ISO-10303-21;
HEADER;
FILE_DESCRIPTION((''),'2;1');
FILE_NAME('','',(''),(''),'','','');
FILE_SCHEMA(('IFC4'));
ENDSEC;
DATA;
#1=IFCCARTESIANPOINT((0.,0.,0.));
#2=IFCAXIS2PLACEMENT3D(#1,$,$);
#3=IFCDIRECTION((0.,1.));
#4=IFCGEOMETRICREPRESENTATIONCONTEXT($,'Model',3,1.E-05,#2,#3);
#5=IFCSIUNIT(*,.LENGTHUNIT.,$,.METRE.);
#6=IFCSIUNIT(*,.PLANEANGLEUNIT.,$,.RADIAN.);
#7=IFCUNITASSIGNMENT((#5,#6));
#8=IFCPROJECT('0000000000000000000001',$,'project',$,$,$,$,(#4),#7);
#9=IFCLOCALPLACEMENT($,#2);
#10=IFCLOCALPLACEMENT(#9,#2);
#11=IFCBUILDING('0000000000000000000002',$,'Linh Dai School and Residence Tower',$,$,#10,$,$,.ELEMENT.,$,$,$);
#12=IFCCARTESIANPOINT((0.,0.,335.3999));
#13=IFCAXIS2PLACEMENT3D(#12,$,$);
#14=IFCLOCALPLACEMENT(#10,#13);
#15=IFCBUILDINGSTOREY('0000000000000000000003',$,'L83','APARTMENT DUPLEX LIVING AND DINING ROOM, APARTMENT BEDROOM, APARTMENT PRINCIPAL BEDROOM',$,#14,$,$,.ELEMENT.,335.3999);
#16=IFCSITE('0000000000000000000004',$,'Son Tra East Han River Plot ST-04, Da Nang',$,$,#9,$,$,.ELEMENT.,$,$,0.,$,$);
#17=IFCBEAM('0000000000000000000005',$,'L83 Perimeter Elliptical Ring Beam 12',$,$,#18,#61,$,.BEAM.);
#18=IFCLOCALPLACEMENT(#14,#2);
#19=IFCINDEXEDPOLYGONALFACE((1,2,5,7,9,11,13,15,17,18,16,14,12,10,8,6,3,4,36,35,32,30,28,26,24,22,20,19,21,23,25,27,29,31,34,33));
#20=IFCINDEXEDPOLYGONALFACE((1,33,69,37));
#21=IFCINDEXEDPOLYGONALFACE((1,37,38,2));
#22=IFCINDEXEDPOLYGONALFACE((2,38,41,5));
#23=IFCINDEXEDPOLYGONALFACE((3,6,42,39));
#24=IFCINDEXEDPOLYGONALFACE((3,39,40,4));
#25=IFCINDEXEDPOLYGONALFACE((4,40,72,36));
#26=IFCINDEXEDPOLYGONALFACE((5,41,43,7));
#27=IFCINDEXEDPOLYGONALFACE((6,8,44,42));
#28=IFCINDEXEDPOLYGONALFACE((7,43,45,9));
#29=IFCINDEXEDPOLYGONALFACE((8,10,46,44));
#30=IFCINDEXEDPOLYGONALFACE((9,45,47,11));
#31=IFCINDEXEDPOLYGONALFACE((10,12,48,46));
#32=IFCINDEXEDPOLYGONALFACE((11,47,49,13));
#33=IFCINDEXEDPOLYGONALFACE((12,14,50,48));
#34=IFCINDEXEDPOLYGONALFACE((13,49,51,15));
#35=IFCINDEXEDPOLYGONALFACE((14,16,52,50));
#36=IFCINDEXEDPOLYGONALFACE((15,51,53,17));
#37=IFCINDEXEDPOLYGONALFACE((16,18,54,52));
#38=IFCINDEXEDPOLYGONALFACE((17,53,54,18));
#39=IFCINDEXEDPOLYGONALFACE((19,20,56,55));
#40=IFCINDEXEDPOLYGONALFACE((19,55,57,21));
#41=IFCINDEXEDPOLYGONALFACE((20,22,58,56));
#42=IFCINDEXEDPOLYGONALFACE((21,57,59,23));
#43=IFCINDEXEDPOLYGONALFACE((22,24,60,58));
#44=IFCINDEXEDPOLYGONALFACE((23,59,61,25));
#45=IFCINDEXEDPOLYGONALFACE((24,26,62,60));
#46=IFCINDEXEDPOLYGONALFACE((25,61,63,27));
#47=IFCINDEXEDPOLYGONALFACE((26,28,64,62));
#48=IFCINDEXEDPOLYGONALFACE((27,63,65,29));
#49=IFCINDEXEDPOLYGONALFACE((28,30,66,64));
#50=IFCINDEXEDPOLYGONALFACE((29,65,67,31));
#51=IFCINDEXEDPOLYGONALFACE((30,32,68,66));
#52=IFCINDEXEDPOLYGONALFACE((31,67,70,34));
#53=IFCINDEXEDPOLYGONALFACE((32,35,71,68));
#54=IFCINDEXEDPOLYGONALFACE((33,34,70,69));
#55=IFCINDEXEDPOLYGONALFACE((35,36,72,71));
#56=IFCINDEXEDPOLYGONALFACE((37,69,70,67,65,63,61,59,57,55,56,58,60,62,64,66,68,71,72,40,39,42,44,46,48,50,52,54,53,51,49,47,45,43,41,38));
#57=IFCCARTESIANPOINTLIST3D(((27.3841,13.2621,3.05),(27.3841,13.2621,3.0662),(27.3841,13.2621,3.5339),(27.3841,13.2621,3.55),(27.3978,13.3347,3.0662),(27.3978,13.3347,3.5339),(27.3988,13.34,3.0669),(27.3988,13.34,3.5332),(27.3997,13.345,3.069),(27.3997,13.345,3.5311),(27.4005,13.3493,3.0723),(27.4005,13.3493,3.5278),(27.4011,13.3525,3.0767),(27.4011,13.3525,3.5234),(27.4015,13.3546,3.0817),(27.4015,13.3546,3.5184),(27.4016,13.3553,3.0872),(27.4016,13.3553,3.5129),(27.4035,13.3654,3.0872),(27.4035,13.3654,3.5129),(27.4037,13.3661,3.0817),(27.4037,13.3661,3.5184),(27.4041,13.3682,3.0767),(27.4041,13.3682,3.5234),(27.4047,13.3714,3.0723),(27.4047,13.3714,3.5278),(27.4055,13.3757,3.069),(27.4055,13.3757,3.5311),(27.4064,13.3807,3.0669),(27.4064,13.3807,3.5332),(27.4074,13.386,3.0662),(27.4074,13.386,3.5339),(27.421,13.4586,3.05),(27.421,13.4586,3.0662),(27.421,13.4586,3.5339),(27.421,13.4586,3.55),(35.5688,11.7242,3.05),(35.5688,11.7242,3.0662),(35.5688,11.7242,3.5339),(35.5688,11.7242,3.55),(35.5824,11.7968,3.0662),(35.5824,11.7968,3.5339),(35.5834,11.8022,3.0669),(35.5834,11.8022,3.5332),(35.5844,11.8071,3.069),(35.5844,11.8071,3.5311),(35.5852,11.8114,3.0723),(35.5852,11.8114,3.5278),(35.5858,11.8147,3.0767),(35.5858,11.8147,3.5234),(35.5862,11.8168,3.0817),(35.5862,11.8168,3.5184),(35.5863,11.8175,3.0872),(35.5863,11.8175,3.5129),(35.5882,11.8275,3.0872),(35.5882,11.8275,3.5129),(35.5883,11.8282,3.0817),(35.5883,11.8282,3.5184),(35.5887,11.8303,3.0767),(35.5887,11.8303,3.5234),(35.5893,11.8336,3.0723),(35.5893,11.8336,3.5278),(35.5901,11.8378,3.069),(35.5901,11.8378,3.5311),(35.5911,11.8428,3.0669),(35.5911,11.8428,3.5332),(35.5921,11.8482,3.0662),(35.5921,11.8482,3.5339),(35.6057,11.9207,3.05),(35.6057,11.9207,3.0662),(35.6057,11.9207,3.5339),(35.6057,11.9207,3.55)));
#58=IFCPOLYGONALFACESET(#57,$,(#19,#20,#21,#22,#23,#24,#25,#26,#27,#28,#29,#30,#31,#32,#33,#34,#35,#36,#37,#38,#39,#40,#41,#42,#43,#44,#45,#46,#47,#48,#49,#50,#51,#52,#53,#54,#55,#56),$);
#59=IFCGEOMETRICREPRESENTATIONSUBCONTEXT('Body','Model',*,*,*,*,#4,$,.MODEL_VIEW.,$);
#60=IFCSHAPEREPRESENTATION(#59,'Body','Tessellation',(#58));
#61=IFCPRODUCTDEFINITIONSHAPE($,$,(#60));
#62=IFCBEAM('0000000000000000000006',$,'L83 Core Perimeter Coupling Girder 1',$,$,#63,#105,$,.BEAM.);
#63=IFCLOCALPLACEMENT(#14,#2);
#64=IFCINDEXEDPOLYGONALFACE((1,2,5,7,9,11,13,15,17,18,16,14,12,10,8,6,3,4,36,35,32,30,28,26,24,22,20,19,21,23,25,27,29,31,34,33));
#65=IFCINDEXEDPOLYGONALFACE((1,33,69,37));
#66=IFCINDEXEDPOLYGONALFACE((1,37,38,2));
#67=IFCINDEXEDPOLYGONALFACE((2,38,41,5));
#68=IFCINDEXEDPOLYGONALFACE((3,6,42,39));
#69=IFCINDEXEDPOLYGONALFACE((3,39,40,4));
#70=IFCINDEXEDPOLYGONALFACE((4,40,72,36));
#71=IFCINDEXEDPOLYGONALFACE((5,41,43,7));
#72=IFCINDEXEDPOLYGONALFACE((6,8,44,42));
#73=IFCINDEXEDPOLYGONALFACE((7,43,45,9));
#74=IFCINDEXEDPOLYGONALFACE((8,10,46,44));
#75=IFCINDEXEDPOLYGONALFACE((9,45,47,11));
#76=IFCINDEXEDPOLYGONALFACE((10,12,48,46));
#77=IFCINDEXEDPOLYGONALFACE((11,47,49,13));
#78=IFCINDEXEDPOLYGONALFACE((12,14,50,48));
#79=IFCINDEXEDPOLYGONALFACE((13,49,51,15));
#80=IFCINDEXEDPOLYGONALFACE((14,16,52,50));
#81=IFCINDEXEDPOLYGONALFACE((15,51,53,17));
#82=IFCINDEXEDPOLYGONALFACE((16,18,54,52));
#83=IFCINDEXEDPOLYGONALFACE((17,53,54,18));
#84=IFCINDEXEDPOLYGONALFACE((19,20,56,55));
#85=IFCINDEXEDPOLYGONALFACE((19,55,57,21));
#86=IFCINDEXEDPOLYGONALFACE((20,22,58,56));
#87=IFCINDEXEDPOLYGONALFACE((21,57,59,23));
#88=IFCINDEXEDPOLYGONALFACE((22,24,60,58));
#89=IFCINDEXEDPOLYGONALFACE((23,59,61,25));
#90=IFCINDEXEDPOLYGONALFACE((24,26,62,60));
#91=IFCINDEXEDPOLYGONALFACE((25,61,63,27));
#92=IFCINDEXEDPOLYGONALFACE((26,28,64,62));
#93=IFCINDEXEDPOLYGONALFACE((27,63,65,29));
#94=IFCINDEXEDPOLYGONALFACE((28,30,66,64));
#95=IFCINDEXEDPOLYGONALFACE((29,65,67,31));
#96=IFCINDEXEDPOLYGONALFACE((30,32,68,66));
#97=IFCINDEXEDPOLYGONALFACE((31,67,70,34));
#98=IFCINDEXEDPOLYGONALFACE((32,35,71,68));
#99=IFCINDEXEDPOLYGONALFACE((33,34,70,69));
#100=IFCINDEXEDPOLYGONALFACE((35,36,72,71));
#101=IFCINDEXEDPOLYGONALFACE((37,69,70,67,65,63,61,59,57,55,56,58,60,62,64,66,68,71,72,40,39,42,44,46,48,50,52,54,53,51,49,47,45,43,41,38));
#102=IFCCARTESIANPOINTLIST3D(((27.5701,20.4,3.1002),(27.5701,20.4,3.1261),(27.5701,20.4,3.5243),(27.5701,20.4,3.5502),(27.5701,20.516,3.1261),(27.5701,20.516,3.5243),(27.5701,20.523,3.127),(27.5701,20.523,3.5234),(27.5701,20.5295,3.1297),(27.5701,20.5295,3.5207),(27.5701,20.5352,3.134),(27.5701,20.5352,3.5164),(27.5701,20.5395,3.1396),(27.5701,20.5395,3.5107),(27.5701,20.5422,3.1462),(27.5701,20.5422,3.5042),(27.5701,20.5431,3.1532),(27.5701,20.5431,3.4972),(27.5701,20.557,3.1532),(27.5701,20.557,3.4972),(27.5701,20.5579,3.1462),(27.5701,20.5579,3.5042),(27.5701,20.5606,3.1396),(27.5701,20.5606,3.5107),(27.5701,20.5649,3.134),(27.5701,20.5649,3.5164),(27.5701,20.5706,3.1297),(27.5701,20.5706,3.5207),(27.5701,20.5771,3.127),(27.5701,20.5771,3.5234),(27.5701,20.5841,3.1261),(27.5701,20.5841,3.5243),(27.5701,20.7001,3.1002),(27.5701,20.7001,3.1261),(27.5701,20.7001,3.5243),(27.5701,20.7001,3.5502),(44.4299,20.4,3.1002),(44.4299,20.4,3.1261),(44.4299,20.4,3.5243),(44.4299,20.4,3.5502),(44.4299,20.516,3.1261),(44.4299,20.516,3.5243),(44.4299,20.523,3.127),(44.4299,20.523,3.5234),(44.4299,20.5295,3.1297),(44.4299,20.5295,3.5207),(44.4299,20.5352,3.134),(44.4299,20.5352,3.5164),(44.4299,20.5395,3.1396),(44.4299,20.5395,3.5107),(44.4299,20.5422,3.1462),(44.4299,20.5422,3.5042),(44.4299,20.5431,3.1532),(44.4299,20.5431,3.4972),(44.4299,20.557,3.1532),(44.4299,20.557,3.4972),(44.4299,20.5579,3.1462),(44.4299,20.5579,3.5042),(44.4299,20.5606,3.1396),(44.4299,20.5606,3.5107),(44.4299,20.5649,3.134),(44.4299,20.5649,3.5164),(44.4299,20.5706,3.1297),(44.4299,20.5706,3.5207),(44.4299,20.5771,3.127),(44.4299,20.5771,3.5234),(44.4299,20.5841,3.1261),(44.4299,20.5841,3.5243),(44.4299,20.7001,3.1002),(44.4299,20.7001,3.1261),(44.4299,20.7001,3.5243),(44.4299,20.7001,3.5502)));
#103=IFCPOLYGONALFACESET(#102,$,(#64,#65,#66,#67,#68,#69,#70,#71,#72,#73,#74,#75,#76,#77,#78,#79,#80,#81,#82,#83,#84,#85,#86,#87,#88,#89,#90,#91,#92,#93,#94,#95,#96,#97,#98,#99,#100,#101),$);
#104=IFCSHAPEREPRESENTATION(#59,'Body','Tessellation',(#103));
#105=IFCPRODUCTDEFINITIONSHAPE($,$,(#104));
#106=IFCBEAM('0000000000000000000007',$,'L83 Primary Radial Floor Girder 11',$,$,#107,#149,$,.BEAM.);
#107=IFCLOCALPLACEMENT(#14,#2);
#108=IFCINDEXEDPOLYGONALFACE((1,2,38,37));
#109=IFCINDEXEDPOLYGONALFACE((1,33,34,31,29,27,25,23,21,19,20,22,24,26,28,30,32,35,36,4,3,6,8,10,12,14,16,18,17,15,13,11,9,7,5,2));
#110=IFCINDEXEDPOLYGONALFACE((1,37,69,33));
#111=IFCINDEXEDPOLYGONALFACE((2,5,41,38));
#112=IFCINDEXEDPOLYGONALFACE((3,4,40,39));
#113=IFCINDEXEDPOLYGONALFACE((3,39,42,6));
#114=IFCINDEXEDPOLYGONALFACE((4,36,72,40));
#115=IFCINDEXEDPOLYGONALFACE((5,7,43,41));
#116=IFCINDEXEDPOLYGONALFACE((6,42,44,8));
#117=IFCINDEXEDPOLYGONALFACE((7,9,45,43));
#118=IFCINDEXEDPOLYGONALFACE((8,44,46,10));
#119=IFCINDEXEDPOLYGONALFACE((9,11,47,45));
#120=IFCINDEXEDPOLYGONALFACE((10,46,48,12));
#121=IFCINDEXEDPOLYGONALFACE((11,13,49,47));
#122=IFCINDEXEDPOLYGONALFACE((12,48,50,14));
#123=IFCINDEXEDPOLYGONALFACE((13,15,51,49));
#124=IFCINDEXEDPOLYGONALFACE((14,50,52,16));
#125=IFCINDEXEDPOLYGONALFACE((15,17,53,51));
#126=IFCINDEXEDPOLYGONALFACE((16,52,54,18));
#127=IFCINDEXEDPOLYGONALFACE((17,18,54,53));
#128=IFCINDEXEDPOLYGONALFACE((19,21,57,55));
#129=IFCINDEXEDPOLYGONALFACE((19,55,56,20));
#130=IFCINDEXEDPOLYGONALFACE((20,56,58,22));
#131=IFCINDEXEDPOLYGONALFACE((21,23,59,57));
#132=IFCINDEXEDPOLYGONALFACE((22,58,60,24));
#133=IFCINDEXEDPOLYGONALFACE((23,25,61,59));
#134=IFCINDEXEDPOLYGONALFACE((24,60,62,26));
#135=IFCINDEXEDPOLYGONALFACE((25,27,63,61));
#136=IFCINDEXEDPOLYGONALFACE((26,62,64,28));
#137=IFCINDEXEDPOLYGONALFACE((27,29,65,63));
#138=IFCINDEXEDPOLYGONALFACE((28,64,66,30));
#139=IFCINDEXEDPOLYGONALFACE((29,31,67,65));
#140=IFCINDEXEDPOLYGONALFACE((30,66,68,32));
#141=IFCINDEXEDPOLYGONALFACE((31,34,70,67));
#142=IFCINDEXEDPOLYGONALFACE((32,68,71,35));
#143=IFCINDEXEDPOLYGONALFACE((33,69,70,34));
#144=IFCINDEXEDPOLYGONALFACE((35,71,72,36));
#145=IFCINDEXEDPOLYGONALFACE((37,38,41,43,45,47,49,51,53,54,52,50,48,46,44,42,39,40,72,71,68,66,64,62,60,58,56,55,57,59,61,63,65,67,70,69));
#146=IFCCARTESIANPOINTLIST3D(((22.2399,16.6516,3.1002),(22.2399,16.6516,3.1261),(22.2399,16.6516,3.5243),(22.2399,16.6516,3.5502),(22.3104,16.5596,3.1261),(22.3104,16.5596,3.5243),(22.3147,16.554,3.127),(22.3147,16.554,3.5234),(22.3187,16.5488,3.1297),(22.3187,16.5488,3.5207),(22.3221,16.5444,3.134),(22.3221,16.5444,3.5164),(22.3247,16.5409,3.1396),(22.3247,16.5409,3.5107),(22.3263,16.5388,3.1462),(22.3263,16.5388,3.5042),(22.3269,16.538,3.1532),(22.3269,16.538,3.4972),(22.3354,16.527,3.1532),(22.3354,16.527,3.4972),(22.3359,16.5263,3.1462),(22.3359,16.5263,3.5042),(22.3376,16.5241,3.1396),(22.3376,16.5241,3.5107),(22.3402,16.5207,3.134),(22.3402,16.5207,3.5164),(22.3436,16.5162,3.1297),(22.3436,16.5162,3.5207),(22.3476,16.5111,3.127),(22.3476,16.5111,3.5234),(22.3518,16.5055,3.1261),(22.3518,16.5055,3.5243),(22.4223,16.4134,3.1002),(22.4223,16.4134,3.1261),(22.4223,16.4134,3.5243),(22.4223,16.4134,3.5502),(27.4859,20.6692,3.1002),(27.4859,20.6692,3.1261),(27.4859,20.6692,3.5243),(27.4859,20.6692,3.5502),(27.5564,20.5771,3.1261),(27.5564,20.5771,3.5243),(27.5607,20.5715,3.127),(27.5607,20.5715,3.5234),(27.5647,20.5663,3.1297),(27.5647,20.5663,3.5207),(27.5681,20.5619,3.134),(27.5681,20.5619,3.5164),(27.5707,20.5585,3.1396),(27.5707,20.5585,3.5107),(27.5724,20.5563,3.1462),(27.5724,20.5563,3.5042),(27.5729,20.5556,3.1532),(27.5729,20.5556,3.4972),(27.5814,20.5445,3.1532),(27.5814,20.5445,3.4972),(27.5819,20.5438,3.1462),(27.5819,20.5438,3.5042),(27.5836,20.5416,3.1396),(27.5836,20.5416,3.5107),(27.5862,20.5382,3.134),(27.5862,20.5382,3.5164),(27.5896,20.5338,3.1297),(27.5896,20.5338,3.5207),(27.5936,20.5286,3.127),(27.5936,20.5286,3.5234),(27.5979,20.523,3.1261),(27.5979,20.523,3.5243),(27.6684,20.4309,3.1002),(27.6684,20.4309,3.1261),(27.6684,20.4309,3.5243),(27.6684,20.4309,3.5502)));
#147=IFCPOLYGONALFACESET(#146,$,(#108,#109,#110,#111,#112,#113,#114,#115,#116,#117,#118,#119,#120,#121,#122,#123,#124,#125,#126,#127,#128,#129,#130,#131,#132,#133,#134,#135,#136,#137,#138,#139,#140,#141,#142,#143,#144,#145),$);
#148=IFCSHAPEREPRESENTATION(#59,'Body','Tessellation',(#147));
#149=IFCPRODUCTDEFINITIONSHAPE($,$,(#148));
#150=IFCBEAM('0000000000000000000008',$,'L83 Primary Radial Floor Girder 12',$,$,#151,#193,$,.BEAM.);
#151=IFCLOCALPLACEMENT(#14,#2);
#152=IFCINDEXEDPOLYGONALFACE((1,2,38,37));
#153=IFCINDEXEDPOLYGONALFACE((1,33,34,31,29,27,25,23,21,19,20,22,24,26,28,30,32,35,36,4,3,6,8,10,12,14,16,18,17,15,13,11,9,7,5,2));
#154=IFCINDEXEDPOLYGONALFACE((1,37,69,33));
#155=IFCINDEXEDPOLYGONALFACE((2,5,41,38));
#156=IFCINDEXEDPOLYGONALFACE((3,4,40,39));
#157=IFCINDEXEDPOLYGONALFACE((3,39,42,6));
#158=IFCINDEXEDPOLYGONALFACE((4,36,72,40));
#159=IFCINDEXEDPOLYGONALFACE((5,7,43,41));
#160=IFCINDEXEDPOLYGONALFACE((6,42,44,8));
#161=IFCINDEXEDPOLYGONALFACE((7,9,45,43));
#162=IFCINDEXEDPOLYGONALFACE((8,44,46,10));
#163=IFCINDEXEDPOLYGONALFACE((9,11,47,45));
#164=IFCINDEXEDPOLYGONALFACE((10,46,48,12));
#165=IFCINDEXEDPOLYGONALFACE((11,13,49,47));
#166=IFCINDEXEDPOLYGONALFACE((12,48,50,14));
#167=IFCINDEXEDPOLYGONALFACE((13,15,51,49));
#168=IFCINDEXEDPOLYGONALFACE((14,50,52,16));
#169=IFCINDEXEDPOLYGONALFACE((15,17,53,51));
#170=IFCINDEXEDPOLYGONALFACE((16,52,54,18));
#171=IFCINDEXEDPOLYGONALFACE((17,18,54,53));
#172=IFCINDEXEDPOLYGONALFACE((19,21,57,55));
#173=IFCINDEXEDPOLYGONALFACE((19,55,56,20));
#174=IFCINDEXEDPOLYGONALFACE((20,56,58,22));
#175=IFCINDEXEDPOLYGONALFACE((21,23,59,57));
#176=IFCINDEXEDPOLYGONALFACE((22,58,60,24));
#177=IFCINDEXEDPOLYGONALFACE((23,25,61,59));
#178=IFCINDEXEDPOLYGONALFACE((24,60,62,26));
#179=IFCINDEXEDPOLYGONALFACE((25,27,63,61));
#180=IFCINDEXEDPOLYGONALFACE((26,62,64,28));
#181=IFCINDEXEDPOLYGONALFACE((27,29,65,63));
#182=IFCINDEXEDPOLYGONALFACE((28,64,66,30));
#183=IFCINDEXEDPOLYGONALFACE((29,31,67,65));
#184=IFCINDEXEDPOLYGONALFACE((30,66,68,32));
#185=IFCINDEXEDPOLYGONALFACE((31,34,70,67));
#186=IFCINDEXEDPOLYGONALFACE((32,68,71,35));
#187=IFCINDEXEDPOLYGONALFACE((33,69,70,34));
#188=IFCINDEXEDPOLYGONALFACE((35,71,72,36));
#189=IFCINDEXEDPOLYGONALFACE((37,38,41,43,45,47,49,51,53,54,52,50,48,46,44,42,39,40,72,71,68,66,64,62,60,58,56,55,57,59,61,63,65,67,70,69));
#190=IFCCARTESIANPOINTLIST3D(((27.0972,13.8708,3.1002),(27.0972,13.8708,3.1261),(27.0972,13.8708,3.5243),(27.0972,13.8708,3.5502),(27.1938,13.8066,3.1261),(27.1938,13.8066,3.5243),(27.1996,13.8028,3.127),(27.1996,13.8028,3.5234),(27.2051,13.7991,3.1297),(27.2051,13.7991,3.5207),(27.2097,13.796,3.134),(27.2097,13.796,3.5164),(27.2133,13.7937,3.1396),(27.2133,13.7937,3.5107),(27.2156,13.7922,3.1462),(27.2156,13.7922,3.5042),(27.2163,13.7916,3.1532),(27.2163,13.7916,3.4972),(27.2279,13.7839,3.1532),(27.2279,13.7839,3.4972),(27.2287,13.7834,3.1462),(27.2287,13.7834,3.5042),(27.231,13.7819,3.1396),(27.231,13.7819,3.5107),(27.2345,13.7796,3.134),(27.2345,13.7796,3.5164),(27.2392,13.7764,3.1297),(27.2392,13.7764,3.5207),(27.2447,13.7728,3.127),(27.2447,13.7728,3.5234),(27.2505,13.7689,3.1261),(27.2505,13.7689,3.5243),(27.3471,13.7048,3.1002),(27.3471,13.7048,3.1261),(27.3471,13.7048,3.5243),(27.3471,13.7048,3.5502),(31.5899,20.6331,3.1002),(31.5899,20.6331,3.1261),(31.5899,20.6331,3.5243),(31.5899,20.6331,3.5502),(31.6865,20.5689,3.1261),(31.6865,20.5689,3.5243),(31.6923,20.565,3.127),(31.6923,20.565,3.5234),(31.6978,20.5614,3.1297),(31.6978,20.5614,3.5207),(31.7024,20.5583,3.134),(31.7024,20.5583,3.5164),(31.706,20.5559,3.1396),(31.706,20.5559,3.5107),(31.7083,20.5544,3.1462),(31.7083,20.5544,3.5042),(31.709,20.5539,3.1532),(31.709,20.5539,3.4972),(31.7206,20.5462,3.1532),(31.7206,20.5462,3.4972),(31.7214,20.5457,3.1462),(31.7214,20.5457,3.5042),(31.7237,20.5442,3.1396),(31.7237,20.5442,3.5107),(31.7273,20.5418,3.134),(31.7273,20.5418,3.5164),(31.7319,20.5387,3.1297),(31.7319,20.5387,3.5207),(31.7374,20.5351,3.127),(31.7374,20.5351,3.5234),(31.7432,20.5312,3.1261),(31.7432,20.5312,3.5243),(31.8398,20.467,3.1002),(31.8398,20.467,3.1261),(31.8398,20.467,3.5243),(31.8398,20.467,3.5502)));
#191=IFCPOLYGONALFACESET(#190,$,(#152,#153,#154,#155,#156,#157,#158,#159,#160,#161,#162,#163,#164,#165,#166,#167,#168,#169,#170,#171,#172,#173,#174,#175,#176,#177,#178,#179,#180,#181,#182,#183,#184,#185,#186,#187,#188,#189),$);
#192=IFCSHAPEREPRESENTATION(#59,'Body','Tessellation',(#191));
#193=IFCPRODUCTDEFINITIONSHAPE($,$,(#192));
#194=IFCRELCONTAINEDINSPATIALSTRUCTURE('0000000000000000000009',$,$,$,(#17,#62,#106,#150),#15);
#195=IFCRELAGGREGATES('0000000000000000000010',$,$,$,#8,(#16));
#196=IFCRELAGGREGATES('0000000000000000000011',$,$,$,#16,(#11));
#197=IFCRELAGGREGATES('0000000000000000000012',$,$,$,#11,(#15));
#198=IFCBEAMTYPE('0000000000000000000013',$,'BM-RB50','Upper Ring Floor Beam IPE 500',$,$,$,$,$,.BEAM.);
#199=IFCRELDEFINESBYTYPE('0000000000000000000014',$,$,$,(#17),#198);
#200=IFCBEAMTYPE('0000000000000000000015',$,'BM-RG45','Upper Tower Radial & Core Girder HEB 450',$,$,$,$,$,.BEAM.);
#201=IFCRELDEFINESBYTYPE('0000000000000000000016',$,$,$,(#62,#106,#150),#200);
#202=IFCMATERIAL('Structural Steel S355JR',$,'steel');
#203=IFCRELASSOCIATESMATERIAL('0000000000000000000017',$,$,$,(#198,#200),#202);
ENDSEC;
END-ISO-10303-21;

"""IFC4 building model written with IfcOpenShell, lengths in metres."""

from ifc_helpers import new_model, si_unit, direction, frame, origin, origin_2d, place, context, subcontext, project, spatial, i_section, extrude, material, material_profile, profile_set, type_object, element, save


model = new_model("IFC4")

# Units and contexts
model_context = context("Model", 3, precision=1e-05, world=origin(), true_north=direction((0.0, 1.0)))
body_context = subcontext(model_context, "Body", "Model", "MODEL_VIEW")
ifc_project = project(units=[si_unit("LENGTHUNIT", "METRE"), si_unit("PLANEANGLEUNIT", "RADIAN")], contexts=[model_context])

# Site, building, storey
site_placement = place(None, origin())
site = spatial("IfcSite", under=ifc_project, at=site_placement, Name="Son Tra East Han River Plot ST-04, Da Nang", CompositionType="ELEMENT", RefElevation=0.0)
building_placement = place(site_placement, origin())
building = spatial("IfcBuilding", under=site, at=building_placement, Name="Linh Dai School and Residence Tower", CompositionType="ELEMENT")
storey_placement = place(building_placement, frame((0.0, 0.0, 335.3999)))
storey = spatial("IfcBuildingStorey", under=building, at=storey_placement, Name="L83", Description="APARTMENT DUPLEX LIVING AND DINING ROOM, APARTMENT BEDROOM, APARTMENT PRINCIPAL BEDROOM", CompositionType="ELEMENT", Elevation=335.3999)

# Shared definitions
ifc_material_1 = material(Name="Structural Steel S355JR", Category="steel")

# Beams
ifc_material_profile_1 = material_profile(ifc_material_1, i_section(OverallWidth=0.2, OverallDepth=0.5, WebThickness=0.0103, FlangeThickness=0.0161, FilletRadius=0.021, at=origin_2d()), Name="IPE 500")
ifc_profile_set_1 = profile_set([ifc_material_profile_1], Name="Structural Steel S355JR")
beam_type_1 = type_object("IfcBeamType", Name="BM-RB50", Description="Upper Ring Floor Beam IPE 500", PredefinedType="BEAM", material=ifc_profile_set_1)
beam_1_placement = place(storey_placement, frame((27.4026, 13.3604, 3.3), z_axis=(0.982802, -0.184664, 0.0), x_axis=(0.184664, 0.982802, 0.0)))
element("IfcBeam", 1, at=beam_1_placement, inside=storey, type_object=beam_type_1, Name="L83 Perimeter Elliptical Ring Beam 12", PredefinedType="BEAM", context=body_context, shape_type="SweptSolid", body=[
    extrude(i_section(OverallWidth=0.2, OverallDepth=0.5, WebThickness=0.0103, FlangeThickness=0.0161, FilletRadius=0.021, at=origin_2d()), origin(), (0.0, 0.0, 1.0), 8.3279),
])
ifc_material_profile_2 = material_profile(ifc_material_1, i_section(OverallWidth=0.3, OverallDepth=0.45, WebThickness=0.0139, FlangeThickness=0.0259, FilletRadius=0.0271, at=origin_2d()), Name="HEB 450")
ifc_profile_set_2 = profile_set([ifc_material_profile_2], Name="Structural Steel S355JR")
beam_type_2 = type_object("IfcBeamType", Name="BM-RG45", Description="Upper Tower Radial & Core Girder HEB 450", PredefinedType="BEAM", material=ifc_profile_set_2)
beam_2_placement = place(storey_placement, frame((27.5701, 20.55, 3.3252), z_axis=(1.0, 0.0, 0.0), x_axis=(0.0, 1.0, 0.0)))
element("IfcBeam", 2, at=beam_2_placement, inside=storey, type_object=beam_type_2, Name="L83 Core Perimeter Coupling Girder 1", PredefinedType="BEAM", context=body_context, shape_type="SweptSolid", body=[
    extrude(i_section(OverallWidth=0.3, OverallDepth=0.45, WebThickness=0.0139, FlangeThickness=0.0259, FilletRadius=0.0271, at=origin_2d()), origin(), (0.0, 0.0, 1.0), 16.8599),
])
beam_3_placement = place(storey_placement, frame((27.5771, 20.55, 3.3252), z_axis=(-0.79393, -0.608009, 0.0), x_axis=(0.608009, -0.79393, 0.0)))
element("IfcBeam", 3, at=beam_3_placement, inside=storey, type_object=beam_type_2, Name="L83 Primary Radial Floor Girder 11", PredefinedType="BEAM", context=body_context, shape_type="SweptSolid", body=[
    extrude(i_section(OverallWidth=0.3, OverallDepth=0.45, WebThickness=0.0139, FlangeThickness=0.0259, FilletRadius=0.0271, at=origin_2d()), origin(), (0.0, 0.0, 1.0), 6.6077),
])
beam_4_placement = place(storey_placement, frame((31.7148, 20.55, 3.3252), z_axis=(-0.553381, -0.832928, 0.0), x_axis=(0.832928, -0.553381, 0.0)))
element("IfcBeam", 4, at=beam_4_placement, inside=storey, type_object=beam_type_2, Name="L83 Primary Radial Floor Girder 12", PredefinedType="BEAM", context=body_context, shape_type="SweptSolid", body=[
    extrude(i_section(OverallWidth=0.3, OverallDepth=0.45, WebThickness=0.0139, FlangeThickness=0.0259, FilletRadius=0.0271, at=origin_2d()), origin(), (0.0, 0.0, 1.0), 8.1187),
])

save(model, "model.ifc")
